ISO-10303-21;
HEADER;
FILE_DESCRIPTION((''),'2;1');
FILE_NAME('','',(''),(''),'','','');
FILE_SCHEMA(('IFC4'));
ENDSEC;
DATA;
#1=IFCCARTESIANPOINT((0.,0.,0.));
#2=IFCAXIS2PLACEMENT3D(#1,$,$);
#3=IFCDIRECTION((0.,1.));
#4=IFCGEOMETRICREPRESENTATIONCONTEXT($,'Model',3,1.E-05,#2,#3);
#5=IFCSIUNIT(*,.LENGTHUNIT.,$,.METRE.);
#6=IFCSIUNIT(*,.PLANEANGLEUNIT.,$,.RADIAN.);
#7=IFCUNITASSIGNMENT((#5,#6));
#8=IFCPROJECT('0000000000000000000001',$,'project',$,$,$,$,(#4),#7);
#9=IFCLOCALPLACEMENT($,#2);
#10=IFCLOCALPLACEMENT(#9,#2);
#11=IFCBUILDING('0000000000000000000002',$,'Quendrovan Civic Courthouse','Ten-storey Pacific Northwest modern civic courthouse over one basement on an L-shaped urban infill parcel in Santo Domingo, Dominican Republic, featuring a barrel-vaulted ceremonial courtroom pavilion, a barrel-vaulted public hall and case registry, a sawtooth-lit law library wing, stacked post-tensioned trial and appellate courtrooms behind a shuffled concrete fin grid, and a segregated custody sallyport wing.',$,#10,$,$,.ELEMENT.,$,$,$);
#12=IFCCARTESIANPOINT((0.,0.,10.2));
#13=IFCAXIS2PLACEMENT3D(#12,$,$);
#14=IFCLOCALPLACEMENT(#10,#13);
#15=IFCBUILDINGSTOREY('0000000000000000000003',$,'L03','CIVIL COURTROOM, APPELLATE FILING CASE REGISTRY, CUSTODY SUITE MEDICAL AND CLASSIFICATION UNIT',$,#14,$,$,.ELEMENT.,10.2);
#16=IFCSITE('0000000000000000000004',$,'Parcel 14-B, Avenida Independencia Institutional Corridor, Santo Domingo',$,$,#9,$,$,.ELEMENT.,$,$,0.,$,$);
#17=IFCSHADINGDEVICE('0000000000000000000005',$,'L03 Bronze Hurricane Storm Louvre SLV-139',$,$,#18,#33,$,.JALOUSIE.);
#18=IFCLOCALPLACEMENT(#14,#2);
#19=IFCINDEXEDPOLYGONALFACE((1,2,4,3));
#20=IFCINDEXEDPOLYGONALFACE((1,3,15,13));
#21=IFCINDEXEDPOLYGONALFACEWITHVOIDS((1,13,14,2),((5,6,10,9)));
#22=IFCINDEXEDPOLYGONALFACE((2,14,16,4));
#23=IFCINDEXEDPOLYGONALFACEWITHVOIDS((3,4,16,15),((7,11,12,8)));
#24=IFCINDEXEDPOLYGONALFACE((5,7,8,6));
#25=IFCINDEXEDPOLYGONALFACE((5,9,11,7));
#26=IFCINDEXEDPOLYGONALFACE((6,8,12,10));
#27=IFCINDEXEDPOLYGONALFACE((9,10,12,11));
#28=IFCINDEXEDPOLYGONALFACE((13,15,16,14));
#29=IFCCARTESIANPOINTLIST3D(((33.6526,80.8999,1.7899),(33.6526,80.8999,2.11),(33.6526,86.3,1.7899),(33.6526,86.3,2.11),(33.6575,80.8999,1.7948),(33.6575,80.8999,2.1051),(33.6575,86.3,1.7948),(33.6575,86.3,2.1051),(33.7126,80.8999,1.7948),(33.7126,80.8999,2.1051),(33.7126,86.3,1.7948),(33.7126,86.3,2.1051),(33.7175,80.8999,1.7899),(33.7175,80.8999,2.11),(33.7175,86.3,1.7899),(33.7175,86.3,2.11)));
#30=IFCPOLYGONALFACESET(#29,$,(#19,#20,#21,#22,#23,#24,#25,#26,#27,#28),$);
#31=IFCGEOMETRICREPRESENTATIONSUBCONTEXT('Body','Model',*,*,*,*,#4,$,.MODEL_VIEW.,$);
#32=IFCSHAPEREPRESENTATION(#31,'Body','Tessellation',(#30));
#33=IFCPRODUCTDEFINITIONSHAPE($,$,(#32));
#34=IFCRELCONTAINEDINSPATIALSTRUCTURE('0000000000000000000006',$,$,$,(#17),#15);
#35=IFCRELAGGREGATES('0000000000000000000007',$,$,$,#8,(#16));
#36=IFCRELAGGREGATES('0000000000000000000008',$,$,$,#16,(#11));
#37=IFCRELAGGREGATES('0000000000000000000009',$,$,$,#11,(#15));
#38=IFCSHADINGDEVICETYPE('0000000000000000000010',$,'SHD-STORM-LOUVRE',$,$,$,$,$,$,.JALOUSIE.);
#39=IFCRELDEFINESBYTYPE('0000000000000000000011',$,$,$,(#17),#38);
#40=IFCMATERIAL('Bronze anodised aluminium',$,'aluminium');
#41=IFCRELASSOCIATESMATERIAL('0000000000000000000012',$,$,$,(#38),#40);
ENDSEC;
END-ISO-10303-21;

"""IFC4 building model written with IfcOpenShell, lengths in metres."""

from ifc_helpers import new_model, si_unit, direction, frame, origin, origin_2d, place, context, subcontext, project, spatial, hollow_rectangle, extrude, material, material_profile, profile_set, type_object, element, save


model = new_model("IFC4")

# Units and contexts
model_context = context("Model", 3, precision=1e-05, world=origin(), true_north=direction((0.0, 1.0)))
body_context = subcontext(model_context, "Body", "Model", "MODEL_VIEW")
ifc_project = project(units=[si_unit("LENGTHUNIT", "METRE"), si_unit("PLANEANGLEUNIT", "RADIAN")], contexts=[model_context])

# Site, building, storey
site_placement = place(None, origin())
site = spatial("IfcSite", under=ifc_project, at=site_placement, Name="Parcel 14-B, Avenida Independencia Institutional Corridor, Santo Domingo", CompositionType="ELEMENT", RefElevation=0.0)
building_placement = place(site_placement, origin())
building = spatial("IfcBuilding", under=site, at=building_placement, Name="Quendrovan Civic Courthouse", Description="Ten-storey Pacific Northwest modern civic courthouse over one basement on an L-shaped urban infill parcel in Santo Domingo, Dominican Republic, featuring a barrel-vaulted ceremonial courtroom pavilion, a barrel-vaulted public hall and case registry, a sawtooth-lit law library wing, stacked post-tensioned trial and appellate courtrooms behind a shuffled concrete fin grid, and a segregated custody sallyport wing.", CompositionType="ELEMENT")
storey_placement = place(building_placement, frame((0.0, 0.0, 10.2)))
storey = spatial("IfcBuildingStorey", under=building, at=storey_placement, Name="L03", Description="CIVIL COURTROOM, APPELLATE FILING CASE REGISTRY, CUSTODY SUITE MEDICAL AND CLASSIFICATION UNIT", CompositionType="ELEMENT", Elevation=10.2)

# Shared definitions
ifc_material_1 = material(Name="Bronze anodised aluminium", Category="aluminium")

# Shading device
ifc_material_profile_1 = material_profile(ifc_material_1, hollow_rectangle(XDim=0.0649, YDim=0.3201, WallThickness=0.0049, at=origin_2d()), Name="AL-LOUVRE-65x320")
ifc_profile_set_1 = profile_set([ifc_material_profile_1], Name="Bronze anodised aluminium")
shading_device_type = type_object("IfcShadingDeviceType", Name="SHD-STORM-LOUVRE", PredefinedType="JALOUSIE", material=ifc_profile_set_1)
shading_device_placement = place(storey_placement, frame((33.6851, 80.8999, 1.95), z_axis=(0.0, 1.0, 0.0), x_axis=(-1.0, 0.0, 0.0)))
element("IfcShadingDevice", 1, at=shading_device_placement, inside=storey, type_object=shading_device_type, Name="L03 Bronze Hurricane Storm Louvre SLV-139", PredefinedType="JALOUSIE", context=body_context, shape_type="SweptSolid", body=[
    extrude(hollow_rectangle(XDim=0.0649, YDim=0.3201, WallThickness=0.0049, at=origin_2d()), origin(), (0.0, 0.0, 1.0), 5.4001),
])

save(model, "model.ifc")
